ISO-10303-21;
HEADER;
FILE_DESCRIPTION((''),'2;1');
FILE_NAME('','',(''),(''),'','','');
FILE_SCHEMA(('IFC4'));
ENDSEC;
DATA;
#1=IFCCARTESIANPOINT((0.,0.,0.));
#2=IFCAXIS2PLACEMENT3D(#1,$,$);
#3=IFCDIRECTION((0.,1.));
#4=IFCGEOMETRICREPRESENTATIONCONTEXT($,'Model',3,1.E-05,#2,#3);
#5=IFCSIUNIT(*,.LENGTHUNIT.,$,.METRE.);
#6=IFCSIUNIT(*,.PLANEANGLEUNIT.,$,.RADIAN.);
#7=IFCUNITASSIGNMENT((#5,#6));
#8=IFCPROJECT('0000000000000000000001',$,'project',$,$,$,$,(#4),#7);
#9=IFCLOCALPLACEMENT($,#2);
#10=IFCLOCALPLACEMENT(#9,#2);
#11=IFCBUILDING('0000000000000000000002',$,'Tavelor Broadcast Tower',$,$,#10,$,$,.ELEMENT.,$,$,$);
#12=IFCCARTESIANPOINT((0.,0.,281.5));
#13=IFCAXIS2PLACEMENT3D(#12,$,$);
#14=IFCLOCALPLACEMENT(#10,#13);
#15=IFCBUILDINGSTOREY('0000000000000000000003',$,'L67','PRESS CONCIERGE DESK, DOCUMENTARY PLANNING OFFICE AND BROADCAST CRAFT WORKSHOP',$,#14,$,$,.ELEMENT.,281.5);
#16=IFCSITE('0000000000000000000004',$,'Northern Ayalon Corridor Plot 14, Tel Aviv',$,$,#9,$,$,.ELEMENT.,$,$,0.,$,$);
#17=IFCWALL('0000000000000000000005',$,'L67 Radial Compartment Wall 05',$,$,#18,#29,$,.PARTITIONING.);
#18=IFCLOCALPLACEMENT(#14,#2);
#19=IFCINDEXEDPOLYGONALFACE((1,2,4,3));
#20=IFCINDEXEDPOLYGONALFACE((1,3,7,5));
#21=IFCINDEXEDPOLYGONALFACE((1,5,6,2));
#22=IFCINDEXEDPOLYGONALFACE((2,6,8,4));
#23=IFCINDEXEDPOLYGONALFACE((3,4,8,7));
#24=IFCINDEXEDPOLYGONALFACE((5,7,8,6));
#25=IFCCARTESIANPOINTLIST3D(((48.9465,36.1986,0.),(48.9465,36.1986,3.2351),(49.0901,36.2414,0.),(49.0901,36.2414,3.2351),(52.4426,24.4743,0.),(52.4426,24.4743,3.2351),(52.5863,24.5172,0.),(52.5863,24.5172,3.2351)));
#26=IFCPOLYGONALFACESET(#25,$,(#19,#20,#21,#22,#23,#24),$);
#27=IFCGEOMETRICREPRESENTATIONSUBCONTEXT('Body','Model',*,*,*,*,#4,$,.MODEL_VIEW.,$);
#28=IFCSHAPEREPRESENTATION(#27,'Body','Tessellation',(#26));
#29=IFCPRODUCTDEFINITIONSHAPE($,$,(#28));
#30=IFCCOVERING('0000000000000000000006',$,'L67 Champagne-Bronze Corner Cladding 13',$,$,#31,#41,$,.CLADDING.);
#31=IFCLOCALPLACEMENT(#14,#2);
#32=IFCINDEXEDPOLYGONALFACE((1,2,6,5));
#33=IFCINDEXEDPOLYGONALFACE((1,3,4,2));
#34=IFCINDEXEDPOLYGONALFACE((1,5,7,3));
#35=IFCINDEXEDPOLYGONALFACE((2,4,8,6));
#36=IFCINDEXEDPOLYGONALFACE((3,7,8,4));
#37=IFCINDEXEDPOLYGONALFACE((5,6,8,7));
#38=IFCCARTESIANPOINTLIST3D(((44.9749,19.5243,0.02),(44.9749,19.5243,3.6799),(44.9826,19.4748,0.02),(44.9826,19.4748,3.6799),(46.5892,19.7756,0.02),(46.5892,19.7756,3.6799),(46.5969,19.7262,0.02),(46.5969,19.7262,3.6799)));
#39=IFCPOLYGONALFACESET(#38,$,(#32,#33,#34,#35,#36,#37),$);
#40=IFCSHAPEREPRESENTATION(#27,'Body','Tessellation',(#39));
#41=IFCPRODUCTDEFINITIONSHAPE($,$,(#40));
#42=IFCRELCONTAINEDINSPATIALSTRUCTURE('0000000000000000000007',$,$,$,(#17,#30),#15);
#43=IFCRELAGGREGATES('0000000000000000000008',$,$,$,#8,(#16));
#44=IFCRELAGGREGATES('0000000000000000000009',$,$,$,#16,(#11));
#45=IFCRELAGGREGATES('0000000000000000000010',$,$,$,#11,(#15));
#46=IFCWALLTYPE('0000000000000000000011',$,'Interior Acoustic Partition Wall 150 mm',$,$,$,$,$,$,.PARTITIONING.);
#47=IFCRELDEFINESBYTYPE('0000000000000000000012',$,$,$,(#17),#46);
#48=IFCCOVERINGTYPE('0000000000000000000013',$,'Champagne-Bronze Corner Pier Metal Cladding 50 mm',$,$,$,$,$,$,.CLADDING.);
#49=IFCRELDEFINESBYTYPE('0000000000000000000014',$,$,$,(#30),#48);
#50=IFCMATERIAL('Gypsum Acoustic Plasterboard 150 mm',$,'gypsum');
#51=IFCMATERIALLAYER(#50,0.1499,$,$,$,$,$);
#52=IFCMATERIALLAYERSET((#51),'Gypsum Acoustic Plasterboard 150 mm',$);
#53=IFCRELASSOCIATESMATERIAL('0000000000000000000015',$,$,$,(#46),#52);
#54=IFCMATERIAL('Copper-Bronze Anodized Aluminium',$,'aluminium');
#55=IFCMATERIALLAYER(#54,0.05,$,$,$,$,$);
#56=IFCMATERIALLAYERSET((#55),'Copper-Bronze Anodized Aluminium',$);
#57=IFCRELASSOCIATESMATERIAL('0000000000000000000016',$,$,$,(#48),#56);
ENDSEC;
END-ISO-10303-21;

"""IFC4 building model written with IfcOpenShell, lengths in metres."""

from ifc_helpers import new_model, si_unit, direction, frame, frame_2d, origin, origin_2d, place, context, subcontext, project, spatial, rectangle, extrude, material, layer, layer_set, type_object, element, save


model = new_model("IFC4")

# Units and contexts
model_context = context("Model", 3, precision=1e-05, world=origin(), true_north=direction((0.0, 1.0)))
body_context = subcontext(model_context, "Body", "Model", "MODEL_VIEW")
ifc_project = project(units=[si_unit("LENGTHUNIT", "METRE"), si_unit("PLANEANGLEUNIT", "RADIAN")], contexts=[model_context])

# Site, building, storey
site_placement = place(None, origin())
site = spatial("IfcSite", under=ifc_project, at=site_placement, Name="Northern Ayalon Corridor Plot 14, Tel Aviv", CompositionType="ELEMENT", RefElevation=0.0)
building_placement = place(site_placement, origin())
building = spatial("IfcBuilding", under=site, at=building_placement, Name="Tavelor Broadcast Tower", CompositionType="ELEMENT")
storey_placement = place(building_placement, frame((0.0, 0.0, 281.5)))
storey = spatial("IfcBuildingStorey", under=building, at=storey_placement, Name="L67", Description="PRESS CONCIERGE DESK, DOCUMENTARY PLANNING OFFICE AND BROADCAST CRAFT WORKSHOP", CompositionType="ELEMENT", Elevation=281.5)

# Wall
ifc_material_1 = material(Name="Gypsum Acoustic Plasterboard 150 mm", Category="gypsum")
ifc_layer_1 = layer(ifc_material_1, 0.1499)
ifc_layer_set_1 = layer_set([ifc_layer_1], Name="Gypsum Acoustic Plasterboard 150 mm")
wall_type_1 = type_object("IfcWallType", Name="Interior Acoustic Partition Wall 150 mm", PredefinedType="PARTITIONING", material=ifc_layer_set_1)
wall_1_placement = place(storey_placement, frame((49.0183, 36.22, 0.0), z_axis=(0.0, 0.0, 1.0), x_axis=(0.285762, -0.958301, 0.0)))
element("IfcWall", 1, at=wall_1_placement, inside=storey, type_object=wall_type_1, Name="L67 Radial Compartment Wall 05", PredefinedType="PARTITIONING", context=body_context, shape_type="SweptSolid", body=[
    extrude(rectangle(XDim=12.2344, YDim=0.1499, at=frame_2d((6.1172, 0.0))), origin(), (0.0, 0.0, 1.0), 3.2351),
])

# Covering
ifc_material_2 = material(Name="Copper-Bronze Anodized Aluminium", Category="aluminium")
ifc_layer_2 = layer(ifc_material_2, 0.05)
ifc_layer_set_2 = layer_set([ifc_layer_2], Name="Copper-Bronze Anodized Aluminium")
covering_type = type_object("IfcCoveringType", Name="Champagne-Bronze Corner Pier Metal Cladding 50 mm", PredefinedType="CLADDING", material=ifc_layer_set_2)
covering_placement = place(storey_placement, frame((45.7859, 19.6252, 0.02), z_axis=(0.0, 0.0, 1.0), x_axis=(0.988094, 0.153848, 0.0)))
element("IfcCovering", 2, at=covering_placement, inside=storey, type_object=covering_type, Name="L67 Champagne-Bronze Corner Cladding 13", PredefinedType="CLADDING", context=body_context, shape_type="SweptSolid", body=[
    extrude(rectangle(XDim=1.6338, YDim=0.05, at=origin_2d()), origin(), (0.0, 0.0, 1.0), 3.6599),
])

save(model, "model.ifc")
